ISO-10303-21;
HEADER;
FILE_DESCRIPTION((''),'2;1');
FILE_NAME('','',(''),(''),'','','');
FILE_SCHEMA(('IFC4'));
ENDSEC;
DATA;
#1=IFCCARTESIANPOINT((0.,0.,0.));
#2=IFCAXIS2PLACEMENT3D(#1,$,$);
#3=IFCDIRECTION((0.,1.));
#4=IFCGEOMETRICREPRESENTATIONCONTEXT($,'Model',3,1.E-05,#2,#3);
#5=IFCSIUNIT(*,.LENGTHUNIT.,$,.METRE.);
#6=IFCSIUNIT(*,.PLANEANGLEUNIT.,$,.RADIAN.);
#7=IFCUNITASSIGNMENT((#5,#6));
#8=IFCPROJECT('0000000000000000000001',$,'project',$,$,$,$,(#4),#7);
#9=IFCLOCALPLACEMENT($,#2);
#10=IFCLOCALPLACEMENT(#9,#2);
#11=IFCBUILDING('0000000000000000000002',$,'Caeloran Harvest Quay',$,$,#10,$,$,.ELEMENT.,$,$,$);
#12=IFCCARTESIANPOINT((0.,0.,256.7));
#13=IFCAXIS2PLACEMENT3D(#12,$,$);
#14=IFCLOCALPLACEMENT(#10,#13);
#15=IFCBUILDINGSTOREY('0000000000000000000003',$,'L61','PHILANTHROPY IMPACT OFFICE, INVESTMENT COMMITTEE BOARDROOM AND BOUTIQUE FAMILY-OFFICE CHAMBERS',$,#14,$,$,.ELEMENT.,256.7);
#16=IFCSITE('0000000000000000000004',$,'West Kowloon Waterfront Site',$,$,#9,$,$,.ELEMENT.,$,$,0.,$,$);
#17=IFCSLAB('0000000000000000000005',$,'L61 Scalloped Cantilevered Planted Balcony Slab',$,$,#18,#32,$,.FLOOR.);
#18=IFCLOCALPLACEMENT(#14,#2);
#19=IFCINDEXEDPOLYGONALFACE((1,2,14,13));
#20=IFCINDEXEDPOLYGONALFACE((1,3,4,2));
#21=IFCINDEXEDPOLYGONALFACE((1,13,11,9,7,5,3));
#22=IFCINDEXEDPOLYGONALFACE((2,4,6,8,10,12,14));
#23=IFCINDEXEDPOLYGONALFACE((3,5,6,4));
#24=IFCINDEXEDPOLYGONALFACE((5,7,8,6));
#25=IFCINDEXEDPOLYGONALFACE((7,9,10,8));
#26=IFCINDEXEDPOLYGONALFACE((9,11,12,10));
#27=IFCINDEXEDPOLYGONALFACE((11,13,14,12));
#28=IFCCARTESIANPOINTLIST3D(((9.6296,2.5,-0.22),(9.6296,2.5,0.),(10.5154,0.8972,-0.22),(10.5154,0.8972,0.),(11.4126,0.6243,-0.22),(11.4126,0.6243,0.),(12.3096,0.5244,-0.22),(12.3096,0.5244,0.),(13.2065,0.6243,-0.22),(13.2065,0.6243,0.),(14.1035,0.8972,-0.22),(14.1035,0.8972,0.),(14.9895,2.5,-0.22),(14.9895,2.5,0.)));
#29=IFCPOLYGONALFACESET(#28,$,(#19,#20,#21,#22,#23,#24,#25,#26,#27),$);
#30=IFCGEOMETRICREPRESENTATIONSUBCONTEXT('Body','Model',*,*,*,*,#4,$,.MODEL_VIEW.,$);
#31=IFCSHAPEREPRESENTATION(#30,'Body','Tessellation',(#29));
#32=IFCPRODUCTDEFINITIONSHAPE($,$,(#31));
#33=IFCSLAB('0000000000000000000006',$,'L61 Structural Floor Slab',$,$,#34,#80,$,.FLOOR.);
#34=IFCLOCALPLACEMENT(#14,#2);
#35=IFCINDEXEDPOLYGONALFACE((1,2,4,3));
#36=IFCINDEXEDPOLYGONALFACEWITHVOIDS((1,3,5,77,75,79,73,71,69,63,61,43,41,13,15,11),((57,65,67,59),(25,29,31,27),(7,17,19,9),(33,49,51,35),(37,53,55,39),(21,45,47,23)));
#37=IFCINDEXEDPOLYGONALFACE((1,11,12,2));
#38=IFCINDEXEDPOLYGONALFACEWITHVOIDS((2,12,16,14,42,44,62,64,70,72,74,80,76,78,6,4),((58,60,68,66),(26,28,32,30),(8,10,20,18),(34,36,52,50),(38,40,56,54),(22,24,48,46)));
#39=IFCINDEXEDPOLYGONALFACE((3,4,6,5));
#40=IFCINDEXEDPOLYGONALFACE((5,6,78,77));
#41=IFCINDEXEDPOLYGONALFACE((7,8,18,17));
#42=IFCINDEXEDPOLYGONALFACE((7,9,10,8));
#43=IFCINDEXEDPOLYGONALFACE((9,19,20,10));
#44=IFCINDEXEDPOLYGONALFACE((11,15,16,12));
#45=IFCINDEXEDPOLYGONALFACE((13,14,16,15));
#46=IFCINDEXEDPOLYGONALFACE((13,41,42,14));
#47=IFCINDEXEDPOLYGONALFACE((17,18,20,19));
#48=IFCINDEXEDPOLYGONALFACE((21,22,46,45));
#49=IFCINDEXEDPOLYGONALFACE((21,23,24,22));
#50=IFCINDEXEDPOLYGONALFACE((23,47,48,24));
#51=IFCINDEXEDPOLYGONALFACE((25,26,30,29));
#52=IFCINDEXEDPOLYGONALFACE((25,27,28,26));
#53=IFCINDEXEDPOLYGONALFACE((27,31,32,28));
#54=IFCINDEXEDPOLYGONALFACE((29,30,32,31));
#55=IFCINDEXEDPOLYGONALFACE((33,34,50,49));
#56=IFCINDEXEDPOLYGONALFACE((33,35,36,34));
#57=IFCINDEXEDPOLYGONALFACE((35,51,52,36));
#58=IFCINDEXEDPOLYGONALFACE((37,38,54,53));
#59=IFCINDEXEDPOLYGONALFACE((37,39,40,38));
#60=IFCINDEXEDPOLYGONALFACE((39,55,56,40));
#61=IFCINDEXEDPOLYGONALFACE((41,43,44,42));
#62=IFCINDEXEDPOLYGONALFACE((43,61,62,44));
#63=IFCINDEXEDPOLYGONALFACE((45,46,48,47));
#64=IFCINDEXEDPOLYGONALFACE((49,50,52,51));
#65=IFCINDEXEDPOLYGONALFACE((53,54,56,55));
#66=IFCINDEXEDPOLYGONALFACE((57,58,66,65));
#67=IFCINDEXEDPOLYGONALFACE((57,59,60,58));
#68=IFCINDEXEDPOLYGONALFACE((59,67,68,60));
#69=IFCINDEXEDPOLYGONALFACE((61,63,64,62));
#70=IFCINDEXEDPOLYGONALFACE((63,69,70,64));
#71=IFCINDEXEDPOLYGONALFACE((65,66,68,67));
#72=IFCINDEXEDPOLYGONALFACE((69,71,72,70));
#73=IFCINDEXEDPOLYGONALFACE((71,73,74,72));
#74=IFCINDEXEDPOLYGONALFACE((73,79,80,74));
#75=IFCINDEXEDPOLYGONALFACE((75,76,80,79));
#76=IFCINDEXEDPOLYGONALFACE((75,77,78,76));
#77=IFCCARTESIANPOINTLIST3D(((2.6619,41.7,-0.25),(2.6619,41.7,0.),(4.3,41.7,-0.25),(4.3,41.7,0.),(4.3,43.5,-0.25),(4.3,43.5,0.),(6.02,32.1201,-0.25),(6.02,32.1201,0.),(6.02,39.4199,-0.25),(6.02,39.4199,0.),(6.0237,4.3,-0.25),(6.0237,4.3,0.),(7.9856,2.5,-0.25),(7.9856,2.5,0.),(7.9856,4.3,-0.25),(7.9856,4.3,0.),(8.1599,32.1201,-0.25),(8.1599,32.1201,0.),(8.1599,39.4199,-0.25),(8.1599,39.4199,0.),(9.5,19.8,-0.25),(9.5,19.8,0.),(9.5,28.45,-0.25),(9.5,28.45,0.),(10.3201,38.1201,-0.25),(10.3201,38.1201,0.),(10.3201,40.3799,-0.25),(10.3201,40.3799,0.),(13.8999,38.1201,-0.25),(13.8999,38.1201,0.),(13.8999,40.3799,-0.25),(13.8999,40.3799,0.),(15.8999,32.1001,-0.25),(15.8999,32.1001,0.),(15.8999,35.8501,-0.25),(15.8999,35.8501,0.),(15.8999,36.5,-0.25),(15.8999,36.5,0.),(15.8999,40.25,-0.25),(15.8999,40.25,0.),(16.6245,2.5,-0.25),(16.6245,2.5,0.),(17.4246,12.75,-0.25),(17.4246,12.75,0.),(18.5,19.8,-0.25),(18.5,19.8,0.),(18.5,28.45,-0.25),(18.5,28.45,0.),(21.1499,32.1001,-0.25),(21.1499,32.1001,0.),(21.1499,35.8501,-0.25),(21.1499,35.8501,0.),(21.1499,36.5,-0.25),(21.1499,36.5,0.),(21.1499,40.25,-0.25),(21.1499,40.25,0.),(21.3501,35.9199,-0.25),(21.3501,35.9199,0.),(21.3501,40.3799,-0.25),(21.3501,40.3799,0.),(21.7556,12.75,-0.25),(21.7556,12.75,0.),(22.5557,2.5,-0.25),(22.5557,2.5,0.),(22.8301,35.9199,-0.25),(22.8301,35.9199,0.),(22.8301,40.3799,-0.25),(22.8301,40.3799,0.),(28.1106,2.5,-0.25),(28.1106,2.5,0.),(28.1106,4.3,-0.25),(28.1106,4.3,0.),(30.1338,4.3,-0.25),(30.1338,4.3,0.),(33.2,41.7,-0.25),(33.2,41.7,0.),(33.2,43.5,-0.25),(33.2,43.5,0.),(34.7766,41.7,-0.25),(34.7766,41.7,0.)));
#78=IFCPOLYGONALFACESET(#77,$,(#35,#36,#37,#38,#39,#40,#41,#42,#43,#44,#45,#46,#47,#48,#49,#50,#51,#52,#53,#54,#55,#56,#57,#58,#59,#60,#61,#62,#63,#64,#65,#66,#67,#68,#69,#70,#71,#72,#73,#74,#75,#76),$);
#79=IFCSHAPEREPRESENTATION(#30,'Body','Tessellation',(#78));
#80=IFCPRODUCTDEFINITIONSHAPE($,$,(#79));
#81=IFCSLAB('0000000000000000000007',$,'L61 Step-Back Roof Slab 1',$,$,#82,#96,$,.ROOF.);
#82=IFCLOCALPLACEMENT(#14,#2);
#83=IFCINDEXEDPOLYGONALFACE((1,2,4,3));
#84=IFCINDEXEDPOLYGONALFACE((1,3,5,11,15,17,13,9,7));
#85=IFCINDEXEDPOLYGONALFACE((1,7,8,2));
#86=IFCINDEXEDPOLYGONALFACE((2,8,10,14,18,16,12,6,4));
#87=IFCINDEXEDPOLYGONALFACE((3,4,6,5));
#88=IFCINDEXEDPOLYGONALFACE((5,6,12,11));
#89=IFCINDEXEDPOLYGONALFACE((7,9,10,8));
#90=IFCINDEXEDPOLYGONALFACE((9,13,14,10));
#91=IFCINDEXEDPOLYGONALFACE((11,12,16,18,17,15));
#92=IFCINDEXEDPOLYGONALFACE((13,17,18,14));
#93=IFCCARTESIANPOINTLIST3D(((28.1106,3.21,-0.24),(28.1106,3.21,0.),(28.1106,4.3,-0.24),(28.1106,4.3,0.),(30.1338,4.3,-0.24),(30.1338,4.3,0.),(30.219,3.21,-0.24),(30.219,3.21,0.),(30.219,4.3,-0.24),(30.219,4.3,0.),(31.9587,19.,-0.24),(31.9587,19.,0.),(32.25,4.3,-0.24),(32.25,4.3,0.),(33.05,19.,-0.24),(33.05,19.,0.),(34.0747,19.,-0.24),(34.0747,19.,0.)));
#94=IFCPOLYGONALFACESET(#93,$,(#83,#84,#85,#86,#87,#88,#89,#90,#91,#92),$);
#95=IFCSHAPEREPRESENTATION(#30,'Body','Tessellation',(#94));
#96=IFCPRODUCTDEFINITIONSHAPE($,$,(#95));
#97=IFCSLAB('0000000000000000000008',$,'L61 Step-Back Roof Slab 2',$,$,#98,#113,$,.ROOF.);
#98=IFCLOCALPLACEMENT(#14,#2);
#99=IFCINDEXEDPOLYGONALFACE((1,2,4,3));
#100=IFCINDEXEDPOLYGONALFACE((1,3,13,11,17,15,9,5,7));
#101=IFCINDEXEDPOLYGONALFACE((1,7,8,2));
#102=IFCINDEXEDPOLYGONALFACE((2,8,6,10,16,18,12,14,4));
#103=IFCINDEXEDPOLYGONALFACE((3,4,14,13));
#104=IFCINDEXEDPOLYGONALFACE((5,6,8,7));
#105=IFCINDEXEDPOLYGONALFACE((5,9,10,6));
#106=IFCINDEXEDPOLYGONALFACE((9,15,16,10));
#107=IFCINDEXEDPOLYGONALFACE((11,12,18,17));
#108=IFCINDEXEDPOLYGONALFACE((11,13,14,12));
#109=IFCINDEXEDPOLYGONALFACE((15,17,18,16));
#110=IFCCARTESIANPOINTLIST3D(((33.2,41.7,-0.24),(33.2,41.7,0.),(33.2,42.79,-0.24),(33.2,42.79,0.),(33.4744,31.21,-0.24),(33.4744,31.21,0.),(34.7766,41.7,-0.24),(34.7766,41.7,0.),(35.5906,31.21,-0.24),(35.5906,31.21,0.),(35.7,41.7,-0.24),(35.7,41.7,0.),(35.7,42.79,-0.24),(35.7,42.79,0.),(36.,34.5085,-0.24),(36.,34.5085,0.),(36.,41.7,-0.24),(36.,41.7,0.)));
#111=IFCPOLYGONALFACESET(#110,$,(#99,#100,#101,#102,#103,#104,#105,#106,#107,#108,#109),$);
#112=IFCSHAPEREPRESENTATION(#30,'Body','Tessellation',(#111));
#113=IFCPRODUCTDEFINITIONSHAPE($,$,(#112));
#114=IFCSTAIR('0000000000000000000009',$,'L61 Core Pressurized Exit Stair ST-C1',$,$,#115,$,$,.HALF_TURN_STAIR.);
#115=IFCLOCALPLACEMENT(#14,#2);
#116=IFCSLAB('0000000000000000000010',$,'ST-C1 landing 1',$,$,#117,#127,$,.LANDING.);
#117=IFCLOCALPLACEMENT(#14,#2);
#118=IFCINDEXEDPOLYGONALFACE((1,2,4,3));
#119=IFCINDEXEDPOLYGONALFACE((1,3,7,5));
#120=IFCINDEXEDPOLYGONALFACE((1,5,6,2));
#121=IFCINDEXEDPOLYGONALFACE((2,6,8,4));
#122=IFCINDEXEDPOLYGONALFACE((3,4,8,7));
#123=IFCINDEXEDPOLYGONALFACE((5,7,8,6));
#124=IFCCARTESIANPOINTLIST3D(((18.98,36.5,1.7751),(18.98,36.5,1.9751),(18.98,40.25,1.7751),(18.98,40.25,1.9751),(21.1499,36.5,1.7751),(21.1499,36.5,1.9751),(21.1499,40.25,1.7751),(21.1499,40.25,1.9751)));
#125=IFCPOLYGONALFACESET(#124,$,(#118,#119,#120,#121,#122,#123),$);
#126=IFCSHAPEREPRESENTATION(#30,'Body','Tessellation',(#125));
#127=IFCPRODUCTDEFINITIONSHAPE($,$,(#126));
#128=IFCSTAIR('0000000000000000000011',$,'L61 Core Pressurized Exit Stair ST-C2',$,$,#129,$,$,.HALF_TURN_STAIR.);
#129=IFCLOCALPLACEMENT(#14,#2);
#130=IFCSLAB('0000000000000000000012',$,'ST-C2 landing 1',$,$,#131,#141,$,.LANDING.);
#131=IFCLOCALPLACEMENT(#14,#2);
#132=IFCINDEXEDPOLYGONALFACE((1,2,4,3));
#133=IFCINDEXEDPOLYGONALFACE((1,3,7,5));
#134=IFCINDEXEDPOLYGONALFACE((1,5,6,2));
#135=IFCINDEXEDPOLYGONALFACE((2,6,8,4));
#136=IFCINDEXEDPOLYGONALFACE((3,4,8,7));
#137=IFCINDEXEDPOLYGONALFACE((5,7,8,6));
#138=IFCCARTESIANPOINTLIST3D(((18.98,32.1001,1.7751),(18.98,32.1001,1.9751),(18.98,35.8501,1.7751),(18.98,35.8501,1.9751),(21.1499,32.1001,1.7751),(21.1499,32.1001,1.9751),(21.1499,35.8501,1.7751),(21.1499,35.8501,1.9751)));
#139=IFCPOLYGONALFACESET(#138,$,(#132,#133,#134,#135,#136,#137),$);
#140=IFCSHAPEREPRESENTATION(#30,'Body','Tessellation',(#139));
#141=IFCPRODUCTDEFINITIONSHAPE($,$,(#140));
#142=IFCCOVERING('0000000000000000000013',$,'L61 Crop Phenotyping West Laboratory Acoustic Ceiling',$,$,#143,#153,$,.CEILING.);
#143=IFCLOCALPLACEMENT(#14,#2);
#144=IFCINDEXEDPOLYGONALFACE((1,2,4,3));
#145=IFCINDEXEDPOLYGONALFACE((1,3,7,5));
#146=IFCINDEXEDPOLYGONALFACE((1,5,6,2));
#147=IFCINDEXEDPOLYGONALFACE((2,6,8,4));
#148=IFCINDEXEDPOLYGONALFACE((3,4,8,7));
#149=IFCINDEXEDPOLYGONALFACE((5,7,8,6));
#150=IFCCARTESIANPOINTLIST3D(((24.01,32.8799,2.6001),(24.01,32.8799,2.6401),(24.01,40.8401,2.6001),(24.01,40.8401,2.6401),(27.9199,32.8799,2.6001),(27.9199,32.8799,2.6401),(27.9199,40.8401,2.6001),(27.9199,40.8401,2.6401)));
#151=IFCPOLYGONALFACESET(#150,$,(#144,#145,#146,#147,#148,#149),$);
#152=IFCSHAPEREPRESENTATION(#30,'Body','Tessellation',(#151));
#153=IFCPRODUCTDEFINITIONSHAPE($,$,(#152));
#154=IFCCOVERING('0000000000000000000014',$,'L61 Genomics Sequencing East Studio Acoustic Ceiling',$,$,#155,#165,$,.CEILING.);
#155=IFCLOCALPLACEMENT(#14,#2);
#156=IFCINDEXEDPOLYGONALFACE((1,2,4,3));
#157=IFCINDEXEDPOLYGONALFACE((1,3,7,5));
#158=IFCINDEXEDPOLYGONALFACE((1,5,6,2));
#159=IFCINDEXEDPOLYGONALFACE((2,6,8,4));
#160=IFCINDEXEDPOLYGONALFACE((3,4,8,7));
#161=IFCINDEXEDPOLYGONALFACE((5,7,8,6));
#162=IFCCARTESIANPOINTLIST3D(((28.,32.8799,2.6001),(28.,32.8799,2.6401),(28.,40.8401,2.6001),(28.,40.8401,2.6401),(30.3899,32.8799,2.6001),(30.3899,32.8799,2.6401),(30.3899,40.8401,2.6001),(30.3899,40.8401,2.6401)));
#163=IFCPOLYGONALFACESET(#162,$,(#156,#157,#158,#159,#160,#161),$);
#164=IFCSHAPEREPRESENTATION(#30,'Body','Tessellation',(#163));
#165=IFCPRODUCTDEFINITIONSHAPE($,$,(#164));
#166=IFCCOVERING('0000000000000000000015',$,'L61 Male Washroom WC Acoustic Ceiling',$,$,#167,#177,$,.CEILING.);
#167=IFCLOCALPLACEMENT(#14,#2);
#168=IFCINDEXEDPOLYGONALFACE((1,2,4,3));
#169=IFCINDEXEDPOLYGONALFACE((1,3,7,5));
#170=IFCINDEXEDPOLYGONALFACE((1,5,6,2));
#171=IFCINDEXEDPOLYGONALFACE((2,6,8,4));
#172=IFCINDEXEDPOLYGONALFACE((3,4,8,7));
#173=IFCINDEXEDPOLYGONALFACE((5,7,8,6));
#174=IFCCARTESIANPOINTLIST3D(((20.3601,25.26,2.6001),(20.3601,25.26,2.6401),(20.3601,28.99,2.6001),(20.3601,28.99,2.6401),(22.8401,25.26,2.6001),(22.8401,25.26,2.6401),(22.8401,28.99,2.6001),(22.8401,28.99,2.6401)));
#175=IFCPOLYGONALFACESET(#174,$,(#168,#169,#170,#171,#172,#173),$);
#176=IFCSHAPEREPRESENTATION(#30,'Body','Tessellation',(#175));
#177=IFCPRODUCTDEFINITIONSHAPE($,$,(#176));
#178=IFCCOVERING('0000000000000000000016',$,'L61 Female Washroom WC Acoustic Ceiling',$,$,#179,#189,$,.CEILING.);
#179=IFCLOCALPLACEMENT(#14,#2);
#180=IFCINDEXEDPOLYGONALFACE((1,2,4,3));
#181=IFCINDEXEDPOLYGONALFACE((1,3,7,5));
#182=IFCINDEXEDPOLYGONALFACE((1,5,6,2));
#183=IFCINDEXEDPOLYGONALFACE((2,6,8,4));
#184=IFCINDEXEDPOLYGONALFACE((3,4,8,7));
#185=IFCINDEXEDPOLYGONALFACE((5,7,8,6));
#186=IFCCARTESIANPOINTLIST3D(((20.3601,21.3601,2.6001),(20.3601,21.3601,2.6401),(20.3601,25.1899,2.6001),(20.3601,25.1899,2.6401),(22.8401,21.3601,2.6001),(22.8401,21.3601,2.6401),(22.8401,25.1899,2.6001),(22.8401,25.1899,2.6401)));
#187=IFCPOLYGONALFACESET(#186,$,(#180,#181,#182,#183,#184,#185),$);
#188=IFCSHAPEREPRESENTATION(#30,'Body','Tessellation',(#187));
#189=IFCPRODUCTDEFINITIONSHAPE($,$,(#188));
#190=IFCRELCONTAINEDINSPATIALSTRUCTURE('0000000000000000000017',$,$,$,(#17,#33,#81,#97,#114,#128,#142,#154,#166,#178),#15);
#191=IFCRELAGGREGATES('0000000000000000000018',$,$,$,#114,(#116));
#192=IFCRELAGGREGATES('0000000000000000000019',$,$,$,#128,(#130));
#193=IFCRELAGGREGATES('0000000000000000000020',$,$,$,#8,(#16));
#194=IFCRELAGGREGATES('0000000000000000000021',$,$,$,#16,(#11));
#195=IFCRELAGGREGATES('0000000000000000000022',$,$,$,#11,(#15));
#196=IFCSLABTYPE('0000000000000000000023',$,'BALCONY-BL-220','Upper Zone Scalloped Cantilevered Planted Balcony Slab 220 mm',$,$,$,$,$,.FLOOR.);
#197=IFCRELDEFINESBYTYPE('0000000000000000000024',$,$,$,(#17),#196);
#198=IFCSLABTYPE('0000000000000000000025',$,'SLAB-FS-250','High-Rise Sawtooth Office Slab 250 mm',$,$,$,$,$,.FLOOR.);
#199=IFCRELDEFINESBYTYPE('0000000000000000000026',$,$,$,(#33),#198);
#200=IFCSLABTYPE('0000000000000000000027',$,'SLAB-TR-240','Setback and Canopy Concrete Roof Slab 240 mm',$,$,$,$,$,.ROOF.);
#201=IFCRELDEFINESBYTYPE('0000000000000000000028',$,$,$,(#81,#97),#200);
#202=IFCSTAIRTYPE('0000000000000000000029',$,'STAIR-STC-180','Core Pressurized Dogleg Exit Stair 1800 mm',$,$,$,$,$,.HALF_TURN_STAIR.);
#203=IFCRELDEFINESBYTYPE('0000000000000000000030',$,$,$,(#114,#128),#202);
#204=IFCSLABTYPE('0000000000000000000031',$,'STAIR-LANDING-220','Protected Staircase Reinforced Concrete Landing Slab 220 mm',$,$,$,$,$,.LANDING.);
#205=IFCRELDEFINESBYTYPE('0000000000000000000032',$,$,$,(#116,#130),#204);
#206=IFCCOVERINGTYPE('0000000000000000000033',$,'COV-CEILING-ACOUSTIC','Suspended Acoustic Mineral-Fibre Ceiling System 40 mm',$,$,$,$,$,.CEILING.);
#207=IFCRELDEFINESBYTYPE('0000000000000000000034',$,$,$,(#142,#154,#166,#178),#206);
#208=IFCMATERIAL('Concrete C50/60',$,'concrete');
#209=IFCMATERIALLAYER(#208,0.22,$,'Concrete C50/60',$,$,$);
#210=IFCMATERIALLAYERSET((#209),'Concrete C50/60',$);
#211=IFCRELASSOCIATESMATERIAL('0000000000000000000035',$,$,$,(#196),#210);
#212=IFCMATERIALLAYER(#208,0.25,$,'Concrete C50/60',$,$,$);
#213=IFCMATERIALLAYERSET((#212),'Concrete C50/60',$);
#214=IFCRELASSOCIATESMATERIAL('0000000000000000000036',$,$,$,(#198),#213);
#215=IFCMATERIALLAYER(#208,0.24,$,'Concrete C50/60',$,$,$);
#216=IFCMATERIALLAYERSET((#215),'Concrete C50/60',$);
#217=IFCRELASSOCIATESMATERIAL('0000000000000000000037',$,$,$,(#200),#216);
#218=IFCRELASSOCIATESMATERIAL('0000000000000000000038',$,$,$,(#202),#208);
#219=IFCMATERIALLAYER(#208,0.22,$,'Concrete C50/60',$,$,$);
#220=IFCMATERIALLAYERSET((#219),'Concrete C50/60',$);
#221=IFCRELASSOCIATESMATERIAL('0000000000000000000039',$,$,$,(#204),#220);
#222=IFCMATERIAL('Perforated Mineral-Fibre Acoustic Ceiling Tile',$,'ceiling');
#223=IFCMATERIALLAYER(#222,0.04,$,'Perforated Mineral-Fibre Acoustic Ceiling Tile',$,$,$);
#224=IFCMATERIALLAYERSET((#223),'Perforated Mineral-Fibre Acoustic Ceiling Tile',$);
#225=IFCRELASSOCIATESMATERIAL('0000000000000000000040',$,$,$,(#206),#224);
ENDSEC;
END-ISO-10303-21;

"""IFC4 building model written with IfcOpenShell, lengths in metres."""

from ifc_helpers import new_model, si_unit, direction, frame, origin, place, context, subcontext, project, spatial, polyline, outline, extrude, material, layer, layer_set, type_object, element, aggregate, save


model = new_model("IFC4")

# Units and contexts
model_context = context("Model", 3, precision=1e-05, world=origin(), true_north=direction((0.0, 1.0)))
body_context = subcontext(model_context, "Body", "Model", "MODEL_VIEW")
ifc_project = project(units=[si_unit("LENGTHUNIT", "METRE"), si_unit("PLANEANGLEUNIT", "RADIAN")], contexts=[model_context])

# Site, building, storey
site_placement = place(None, origin())
site = spatial("IfcSite", under=ifc_project, at=site_placement, Name="West Kowloon Waterfront Site", CompositionType="ELEMENT", RefElevation=0.0)
building_placement = place(site_placement, origin())
building = spatial("IfcBuilding", under=site, at=building_placement, Name="Caeloran Harvest Quay", CompositionType="ELEMENT")
storey_placement = place(building_placement, frame((0.0, 0.0, 256.7)))
storey = spatial("IfcBuildingStorey", under=building, at=storey_placement, Name="L61", Description="PHILANTHROPY IMPACT OFFICE, INVESTMENT COMMITTEE BOARDROOM AND BOUTIQUE FAMILY-OFFICE CHAMBERS", CompositionType="ELEMENT", Elevation=256.7)

# Slabs
ifc_material_1 = material(Name="Concrete C50/60", Category="concrete")
ifc_layer_1 = layer(ifc_material_1, 0.22, Name="Concrete C50/60")
ifc_layer_set_1 = layer_set([ifc_layer_1], Name="Concrete C50/60")
slab_type_1 = type_object("IfcSlabType", Name="BALCONY-BL-220", Description="Upper Zone Scalloped Cantilevered Planted Balcony Slab 220 mm", PredefinedType="FLOOR", material=ifc_layer_set_1)
slab_1_placement = place(storey_placement, frame((0.0, 0.0, -0.22)))
element("IfcSlab", 1, at=slab_1_placement, inside=storey, type_object=slab_type_1, Name="L61 Scalloped Cantilevered Planted Balcony Slab", PredefinedType="FLOOR", context=body_context, shape_type="SweptSolid", body=[
    extrude(outline(polyline([(14.1035, 0.8972), (13.2065, 0.6243), (12.3096, 0.5244), (11.4126, 0.6243), (10.5154, 0.8972), (9.6296, 2.5), (14.9895, 2.5), (14.1035, 0.8972)])), origin(), (0.0, 0.0, 1.0), 0.22),
])
ifc_layer_2 = layer(ifc_material_1, 0.25, Name="Concrete C50/60")
ifc_layer_set_2 = layer_set([ifc_layer_2], Name="Concrete C50/60")
slab_type_2 = type_object("IfcSlabType", Name="SLAB-FS-250", Description="High-Rise Sawtooth Office Slab 250 mm", PredefinedType="FLOOR", material=ifc_layer_set_2)
slab_2_placement = place(storey_placement, frame((0.0, 0.0, -0.25)))
element("IfcSlab", 2, at=slab_2_placement, inside=storey, type_object=slab_type_2, Name="L61 Structural Floor Slab", PredefinedType="FLOOR", context=body_context, shape_type="SweptSolid", body=[
    extrude(outline(polyline([(7.9856, 2.5), (16.6245, 2.5), (17.4246, 12.75), (21.7556, 12.75), (22.5557, 2.5), (28.1106, 2.5), (28.1106, 4.3), (30.1338, 4.3), (34.7766, 41.7), (33.2, 41.7), (33.2, 43.5), (4.3, 43.5), (4.3, 41.7), (2.6619, 41.7), (6.0237, 4.3), (7.9856, 4.3), (7.9856, 2.5)]), holes=[polyline([(18.5, 28.45), (18.5, 19.8), (9.5, 19.8), (9.5, 28.45), (18.5, 28.45)]), polyline([(15.8999, 32.1001), (15.8999, 35.8501), (21.1499, 35.8501), (21.1499, 32.1001), (15.8999, 32.1001)]), polyline([(8.1599, 32.1201), (6.02, 32.1201), (6.02, 39.4199), (8.1599, 39.4199), (8.1599, 32.1201)]), polyline([(22.8301, 40.3799), (22.8301, 35.9199), (21.3501, 35.9199), (21.3501, 40.3799), (22.8301, 40.3799)]), polyline([(15.8999, 36.5), (15.8999, 40.25), (21.1499, 40.25), (21.1499, 36.5), (15.8999, 36.5)]), polyline([(13.8999, 38.1201), (10.3201, 38.1201), (10.3201, 40.3799), (13.8999, 40.3799), (13.8999, 38.1201)])]), origin(), (0.0, 0.0, 1.0), 0.25),
])
ifc_layer_3 = layer(ifc_material_1, 0.24, Name="Concrete C50/60")
ifc_layer_set_3 = layer_set([ifc_layer_3], Name="Concrete C50/60")
slab_type_3 = type_object("IfcSlabType", Name="SLAB-TR-240", Description="Setback and Canopy Concrete Roof Slab 240 mm", PredefinedType="ROOF", material=ifc_layer_set_3)
slab_3_placement = place(storey_placement, frame((0.0, 0.0, -0.24)))
element("IfcSlab", 3, at=slab_3_placement, inside=storey, type_object=slab_type_3, Name="L61 Step-Back Roof Slab 1", PredefinedType="ROOF", context=body_context, shape_type="SweptSolid", body=[
    extrude(outline(polyline([(32.25, 4.3), (30.219, 4.3), (30.219, 3.21), (28.1106, 3.21), (28.1106, 4.3), (30.1338, 4.3), (31.9587, 19.0), (33.05, 19.0), (34.0747, 19.0), (32.25, 4.3)])), origin(), (0.0, 0.0, 1.0), 0.24),
])
slab_4_placement = place(storey_placement, frame((0.0, 0.0, -0.24)))
element("IfcSlab", 4, at=slab_4_placement, inside=storey, type_object=slab_type_3, Name="L61 Step-Back Roof Slab 2", PredefinedType="ROOF", context=body_context, shape_type="SweptSolid", body=[
    extrude(outline(polyline([(35.7, 41.7), (36.0, 41.7), (36.0, 34.5085), (35.5906, 31.21), (33.4744, 31.21), (34.7766, 41.7), (33.2, 41.7), (33.2, 42.79), (35.7, 42.79), (35.7, 41.7)])), origin(), (0.0, 0.0, 1.0), 0.24),
])

# Stairs, slabs
stair_type = type_object("IfcStairType", Name="STAIR-STC-180", Description="Core Pressurized Dogleg Exit Stair 1800 mm", PredefinedType="HALF_TURN_STAIR", material=ifc_material_1)
stair_1_placement = place(storey_placement, origin())
stair_1 = element("IfcStair", 5, at=stair_1_placement, inside=storey, type_object=stair_type, Name="L61 Core Pressurized Exit Stair ST-C1", PredefinedType="HALF_TURN_STAIR")
ifc_layer_4 = layer(ifc_material_1, 0.22, Name="Concrete C50/60")
ifc_layer_set_4 = layer_set([ifc_layer_4], Name="Concrete C50/60")
slab_type_4 = type_object("IfcSlabType", Name="STAIR-LANDING-220", Description="Protected Staircase Reinforced Concrete Landing Slab 220 mm", PredefinedType="LANDING", material=ifc_layer_set_4)
slab_5_placement = place(storey_placement, frame((0.0, 0.0, 1.7751)))
slab_5 = element("IfcSlab", 6, at=slab_5_placement, type_object=slab_type_4, Name="ST-C1 landing 1", PredefinedType="LANDING", context=body_context, shape_type="SweptSolid", body=[
    extrude(outline(polyline([(18.98, 36.5), (21.1499, 36.5), (21.1499, 40.25), (18.98, 40.25), (18.98, 36.5)])), origin(), (0.0, 0.0, 1.0), 0.2),
])
aggregate(stair_1, [slab_5])
stair_2_placement = place(storey_placement, origin())
stair_2 = element("IfcStair", 7, at=stair_2_placement, inside=storey, type_object=stair_type, Name="L61 Core Pressurized Exit Stair ST-C2", PredefinedType="HALF_TURN_STAIR")
slab_6_placement = place(storey_placement, frame((0.0, 0.0, 1.7751)))
slab_6 = element("IfcSlab", 8, at=slab_6_placement, type_object=slab_type_4, Name="ST-C2 landing 1", PredefinedType="LANDING", context=body_context, shape_type="SweptSolid", body=[
    extrude(outline(polyline([(18.98, 32.1001), (21.1499, 32.1001), (21.1499, 35.8501), (18.98, 35.8501), (18.98, 32.1001)])), origin(), (0.0, 0.0, 1.0), 0.2),
])
aggregate(stair_2, [slab_6])

# Coverings
ifc_material_2 = material(Name="Perforated Mineral-Fibre Acoustic Ceiling Tile", Category="ceiling")
ifc_layer_5 = layer(ifc_material_2, 0.04, Name="Perforated Mineral-Fibre Acoustic Ceiling Tile")
ifc_layer_set_5 = layer_set([ifc_layer_5], Name="Perforated Mineral-Fibre Acoustic Ceiling Tile")
covering_type_1 = type_object("IfcCoveringType", Name="COV-CEILING-ACOUSTIC", Description="Suspended Acoustic Mineral-Fibre Ceiling System 40 mm", PredefinedType="CEILING", material=ifc_layer_set_5)
covering_1_placement = place(storey_placement, frame((0.0, 0.0, 2.6001)))
element("IfcCovering", 9, at=covering_1_placement, inside=storey, type_object=covering_type_1, Name="L61 Crop Phenotyping West Laboratory Acoustic Ceiling", PredefinedType="CEILING", context=body_context, shape_type="SweptSolid", body=[
    extrude(outline(polyline([(27.9199, 40.8401), (27.9199, 32.8799), (24.01, 32.8799), (24.01, 40.8401), (27.9199, 40.8401)])), origin(), (0.0, 0.0, 1.0), 0.04),
])
covering_2_placement = place(storey_placement, frame((0.0, 0.0, 2.6001)))
element("IfcCovering", 10, at=covering_2_placement, inside=storey, type_object=covering_type_1, Name="L61 Genomics Sequencing East Studio Acoustic Ceiling", PredefinedType="CEILING", context=body_context, shape_type="SweptSolid", body=[
    extrude(outline(polyline([(30.3899, 40.8401), (30.3899, 32.8799), (28.0, 32.8799), (28.0, 40.8401), (30.3899, 40.8401)])), origin(), (0.0, 0.0, 1.0), 0.04),
])
covering_3_placement = place(storey_placement, frame((0.0, 0.0, 2.6001)))
element("IfcCovering", 11, at=covering_3_placement, inside=storey, type_object=covering_type_1, Name="L61 Male Washroom WC Acoustic Ceiling", PredefinedType="CEILING", context=body_context, shape_type="SweptSolid", body=[
    extrude(outline(polyline([(22.8401, 28.99), (22.8401, 25.26), (20.3601, 25.26), (20.3601, 28.99), (22.8401, 28.99)])), origin(), (0.0, 0.0, 1.0), 0.04),
])
covering_4_placement = place(storey_placement, frame((0.0, 0.0, 2.6001)))
element("IfcCovering", 12, at=covering_4_placement, inside=storey, type_object=covering_type_1, Name="L61 Female Washroom WC Acoustic Ceiling", PredefinedType="CEILING", context=body_context, shape_type="SweptSolid", body=[
    extrude(outline(polyline([(22.8401, 25.1899), (22.8401, 21.3601), (20.3601, 21.3601), (20.3601, 25.1899), (22.8401, 25.1899)])), origin(), (0.0, 0.0, 1.0), 0.04),
])

save(model, "model.ifc")
